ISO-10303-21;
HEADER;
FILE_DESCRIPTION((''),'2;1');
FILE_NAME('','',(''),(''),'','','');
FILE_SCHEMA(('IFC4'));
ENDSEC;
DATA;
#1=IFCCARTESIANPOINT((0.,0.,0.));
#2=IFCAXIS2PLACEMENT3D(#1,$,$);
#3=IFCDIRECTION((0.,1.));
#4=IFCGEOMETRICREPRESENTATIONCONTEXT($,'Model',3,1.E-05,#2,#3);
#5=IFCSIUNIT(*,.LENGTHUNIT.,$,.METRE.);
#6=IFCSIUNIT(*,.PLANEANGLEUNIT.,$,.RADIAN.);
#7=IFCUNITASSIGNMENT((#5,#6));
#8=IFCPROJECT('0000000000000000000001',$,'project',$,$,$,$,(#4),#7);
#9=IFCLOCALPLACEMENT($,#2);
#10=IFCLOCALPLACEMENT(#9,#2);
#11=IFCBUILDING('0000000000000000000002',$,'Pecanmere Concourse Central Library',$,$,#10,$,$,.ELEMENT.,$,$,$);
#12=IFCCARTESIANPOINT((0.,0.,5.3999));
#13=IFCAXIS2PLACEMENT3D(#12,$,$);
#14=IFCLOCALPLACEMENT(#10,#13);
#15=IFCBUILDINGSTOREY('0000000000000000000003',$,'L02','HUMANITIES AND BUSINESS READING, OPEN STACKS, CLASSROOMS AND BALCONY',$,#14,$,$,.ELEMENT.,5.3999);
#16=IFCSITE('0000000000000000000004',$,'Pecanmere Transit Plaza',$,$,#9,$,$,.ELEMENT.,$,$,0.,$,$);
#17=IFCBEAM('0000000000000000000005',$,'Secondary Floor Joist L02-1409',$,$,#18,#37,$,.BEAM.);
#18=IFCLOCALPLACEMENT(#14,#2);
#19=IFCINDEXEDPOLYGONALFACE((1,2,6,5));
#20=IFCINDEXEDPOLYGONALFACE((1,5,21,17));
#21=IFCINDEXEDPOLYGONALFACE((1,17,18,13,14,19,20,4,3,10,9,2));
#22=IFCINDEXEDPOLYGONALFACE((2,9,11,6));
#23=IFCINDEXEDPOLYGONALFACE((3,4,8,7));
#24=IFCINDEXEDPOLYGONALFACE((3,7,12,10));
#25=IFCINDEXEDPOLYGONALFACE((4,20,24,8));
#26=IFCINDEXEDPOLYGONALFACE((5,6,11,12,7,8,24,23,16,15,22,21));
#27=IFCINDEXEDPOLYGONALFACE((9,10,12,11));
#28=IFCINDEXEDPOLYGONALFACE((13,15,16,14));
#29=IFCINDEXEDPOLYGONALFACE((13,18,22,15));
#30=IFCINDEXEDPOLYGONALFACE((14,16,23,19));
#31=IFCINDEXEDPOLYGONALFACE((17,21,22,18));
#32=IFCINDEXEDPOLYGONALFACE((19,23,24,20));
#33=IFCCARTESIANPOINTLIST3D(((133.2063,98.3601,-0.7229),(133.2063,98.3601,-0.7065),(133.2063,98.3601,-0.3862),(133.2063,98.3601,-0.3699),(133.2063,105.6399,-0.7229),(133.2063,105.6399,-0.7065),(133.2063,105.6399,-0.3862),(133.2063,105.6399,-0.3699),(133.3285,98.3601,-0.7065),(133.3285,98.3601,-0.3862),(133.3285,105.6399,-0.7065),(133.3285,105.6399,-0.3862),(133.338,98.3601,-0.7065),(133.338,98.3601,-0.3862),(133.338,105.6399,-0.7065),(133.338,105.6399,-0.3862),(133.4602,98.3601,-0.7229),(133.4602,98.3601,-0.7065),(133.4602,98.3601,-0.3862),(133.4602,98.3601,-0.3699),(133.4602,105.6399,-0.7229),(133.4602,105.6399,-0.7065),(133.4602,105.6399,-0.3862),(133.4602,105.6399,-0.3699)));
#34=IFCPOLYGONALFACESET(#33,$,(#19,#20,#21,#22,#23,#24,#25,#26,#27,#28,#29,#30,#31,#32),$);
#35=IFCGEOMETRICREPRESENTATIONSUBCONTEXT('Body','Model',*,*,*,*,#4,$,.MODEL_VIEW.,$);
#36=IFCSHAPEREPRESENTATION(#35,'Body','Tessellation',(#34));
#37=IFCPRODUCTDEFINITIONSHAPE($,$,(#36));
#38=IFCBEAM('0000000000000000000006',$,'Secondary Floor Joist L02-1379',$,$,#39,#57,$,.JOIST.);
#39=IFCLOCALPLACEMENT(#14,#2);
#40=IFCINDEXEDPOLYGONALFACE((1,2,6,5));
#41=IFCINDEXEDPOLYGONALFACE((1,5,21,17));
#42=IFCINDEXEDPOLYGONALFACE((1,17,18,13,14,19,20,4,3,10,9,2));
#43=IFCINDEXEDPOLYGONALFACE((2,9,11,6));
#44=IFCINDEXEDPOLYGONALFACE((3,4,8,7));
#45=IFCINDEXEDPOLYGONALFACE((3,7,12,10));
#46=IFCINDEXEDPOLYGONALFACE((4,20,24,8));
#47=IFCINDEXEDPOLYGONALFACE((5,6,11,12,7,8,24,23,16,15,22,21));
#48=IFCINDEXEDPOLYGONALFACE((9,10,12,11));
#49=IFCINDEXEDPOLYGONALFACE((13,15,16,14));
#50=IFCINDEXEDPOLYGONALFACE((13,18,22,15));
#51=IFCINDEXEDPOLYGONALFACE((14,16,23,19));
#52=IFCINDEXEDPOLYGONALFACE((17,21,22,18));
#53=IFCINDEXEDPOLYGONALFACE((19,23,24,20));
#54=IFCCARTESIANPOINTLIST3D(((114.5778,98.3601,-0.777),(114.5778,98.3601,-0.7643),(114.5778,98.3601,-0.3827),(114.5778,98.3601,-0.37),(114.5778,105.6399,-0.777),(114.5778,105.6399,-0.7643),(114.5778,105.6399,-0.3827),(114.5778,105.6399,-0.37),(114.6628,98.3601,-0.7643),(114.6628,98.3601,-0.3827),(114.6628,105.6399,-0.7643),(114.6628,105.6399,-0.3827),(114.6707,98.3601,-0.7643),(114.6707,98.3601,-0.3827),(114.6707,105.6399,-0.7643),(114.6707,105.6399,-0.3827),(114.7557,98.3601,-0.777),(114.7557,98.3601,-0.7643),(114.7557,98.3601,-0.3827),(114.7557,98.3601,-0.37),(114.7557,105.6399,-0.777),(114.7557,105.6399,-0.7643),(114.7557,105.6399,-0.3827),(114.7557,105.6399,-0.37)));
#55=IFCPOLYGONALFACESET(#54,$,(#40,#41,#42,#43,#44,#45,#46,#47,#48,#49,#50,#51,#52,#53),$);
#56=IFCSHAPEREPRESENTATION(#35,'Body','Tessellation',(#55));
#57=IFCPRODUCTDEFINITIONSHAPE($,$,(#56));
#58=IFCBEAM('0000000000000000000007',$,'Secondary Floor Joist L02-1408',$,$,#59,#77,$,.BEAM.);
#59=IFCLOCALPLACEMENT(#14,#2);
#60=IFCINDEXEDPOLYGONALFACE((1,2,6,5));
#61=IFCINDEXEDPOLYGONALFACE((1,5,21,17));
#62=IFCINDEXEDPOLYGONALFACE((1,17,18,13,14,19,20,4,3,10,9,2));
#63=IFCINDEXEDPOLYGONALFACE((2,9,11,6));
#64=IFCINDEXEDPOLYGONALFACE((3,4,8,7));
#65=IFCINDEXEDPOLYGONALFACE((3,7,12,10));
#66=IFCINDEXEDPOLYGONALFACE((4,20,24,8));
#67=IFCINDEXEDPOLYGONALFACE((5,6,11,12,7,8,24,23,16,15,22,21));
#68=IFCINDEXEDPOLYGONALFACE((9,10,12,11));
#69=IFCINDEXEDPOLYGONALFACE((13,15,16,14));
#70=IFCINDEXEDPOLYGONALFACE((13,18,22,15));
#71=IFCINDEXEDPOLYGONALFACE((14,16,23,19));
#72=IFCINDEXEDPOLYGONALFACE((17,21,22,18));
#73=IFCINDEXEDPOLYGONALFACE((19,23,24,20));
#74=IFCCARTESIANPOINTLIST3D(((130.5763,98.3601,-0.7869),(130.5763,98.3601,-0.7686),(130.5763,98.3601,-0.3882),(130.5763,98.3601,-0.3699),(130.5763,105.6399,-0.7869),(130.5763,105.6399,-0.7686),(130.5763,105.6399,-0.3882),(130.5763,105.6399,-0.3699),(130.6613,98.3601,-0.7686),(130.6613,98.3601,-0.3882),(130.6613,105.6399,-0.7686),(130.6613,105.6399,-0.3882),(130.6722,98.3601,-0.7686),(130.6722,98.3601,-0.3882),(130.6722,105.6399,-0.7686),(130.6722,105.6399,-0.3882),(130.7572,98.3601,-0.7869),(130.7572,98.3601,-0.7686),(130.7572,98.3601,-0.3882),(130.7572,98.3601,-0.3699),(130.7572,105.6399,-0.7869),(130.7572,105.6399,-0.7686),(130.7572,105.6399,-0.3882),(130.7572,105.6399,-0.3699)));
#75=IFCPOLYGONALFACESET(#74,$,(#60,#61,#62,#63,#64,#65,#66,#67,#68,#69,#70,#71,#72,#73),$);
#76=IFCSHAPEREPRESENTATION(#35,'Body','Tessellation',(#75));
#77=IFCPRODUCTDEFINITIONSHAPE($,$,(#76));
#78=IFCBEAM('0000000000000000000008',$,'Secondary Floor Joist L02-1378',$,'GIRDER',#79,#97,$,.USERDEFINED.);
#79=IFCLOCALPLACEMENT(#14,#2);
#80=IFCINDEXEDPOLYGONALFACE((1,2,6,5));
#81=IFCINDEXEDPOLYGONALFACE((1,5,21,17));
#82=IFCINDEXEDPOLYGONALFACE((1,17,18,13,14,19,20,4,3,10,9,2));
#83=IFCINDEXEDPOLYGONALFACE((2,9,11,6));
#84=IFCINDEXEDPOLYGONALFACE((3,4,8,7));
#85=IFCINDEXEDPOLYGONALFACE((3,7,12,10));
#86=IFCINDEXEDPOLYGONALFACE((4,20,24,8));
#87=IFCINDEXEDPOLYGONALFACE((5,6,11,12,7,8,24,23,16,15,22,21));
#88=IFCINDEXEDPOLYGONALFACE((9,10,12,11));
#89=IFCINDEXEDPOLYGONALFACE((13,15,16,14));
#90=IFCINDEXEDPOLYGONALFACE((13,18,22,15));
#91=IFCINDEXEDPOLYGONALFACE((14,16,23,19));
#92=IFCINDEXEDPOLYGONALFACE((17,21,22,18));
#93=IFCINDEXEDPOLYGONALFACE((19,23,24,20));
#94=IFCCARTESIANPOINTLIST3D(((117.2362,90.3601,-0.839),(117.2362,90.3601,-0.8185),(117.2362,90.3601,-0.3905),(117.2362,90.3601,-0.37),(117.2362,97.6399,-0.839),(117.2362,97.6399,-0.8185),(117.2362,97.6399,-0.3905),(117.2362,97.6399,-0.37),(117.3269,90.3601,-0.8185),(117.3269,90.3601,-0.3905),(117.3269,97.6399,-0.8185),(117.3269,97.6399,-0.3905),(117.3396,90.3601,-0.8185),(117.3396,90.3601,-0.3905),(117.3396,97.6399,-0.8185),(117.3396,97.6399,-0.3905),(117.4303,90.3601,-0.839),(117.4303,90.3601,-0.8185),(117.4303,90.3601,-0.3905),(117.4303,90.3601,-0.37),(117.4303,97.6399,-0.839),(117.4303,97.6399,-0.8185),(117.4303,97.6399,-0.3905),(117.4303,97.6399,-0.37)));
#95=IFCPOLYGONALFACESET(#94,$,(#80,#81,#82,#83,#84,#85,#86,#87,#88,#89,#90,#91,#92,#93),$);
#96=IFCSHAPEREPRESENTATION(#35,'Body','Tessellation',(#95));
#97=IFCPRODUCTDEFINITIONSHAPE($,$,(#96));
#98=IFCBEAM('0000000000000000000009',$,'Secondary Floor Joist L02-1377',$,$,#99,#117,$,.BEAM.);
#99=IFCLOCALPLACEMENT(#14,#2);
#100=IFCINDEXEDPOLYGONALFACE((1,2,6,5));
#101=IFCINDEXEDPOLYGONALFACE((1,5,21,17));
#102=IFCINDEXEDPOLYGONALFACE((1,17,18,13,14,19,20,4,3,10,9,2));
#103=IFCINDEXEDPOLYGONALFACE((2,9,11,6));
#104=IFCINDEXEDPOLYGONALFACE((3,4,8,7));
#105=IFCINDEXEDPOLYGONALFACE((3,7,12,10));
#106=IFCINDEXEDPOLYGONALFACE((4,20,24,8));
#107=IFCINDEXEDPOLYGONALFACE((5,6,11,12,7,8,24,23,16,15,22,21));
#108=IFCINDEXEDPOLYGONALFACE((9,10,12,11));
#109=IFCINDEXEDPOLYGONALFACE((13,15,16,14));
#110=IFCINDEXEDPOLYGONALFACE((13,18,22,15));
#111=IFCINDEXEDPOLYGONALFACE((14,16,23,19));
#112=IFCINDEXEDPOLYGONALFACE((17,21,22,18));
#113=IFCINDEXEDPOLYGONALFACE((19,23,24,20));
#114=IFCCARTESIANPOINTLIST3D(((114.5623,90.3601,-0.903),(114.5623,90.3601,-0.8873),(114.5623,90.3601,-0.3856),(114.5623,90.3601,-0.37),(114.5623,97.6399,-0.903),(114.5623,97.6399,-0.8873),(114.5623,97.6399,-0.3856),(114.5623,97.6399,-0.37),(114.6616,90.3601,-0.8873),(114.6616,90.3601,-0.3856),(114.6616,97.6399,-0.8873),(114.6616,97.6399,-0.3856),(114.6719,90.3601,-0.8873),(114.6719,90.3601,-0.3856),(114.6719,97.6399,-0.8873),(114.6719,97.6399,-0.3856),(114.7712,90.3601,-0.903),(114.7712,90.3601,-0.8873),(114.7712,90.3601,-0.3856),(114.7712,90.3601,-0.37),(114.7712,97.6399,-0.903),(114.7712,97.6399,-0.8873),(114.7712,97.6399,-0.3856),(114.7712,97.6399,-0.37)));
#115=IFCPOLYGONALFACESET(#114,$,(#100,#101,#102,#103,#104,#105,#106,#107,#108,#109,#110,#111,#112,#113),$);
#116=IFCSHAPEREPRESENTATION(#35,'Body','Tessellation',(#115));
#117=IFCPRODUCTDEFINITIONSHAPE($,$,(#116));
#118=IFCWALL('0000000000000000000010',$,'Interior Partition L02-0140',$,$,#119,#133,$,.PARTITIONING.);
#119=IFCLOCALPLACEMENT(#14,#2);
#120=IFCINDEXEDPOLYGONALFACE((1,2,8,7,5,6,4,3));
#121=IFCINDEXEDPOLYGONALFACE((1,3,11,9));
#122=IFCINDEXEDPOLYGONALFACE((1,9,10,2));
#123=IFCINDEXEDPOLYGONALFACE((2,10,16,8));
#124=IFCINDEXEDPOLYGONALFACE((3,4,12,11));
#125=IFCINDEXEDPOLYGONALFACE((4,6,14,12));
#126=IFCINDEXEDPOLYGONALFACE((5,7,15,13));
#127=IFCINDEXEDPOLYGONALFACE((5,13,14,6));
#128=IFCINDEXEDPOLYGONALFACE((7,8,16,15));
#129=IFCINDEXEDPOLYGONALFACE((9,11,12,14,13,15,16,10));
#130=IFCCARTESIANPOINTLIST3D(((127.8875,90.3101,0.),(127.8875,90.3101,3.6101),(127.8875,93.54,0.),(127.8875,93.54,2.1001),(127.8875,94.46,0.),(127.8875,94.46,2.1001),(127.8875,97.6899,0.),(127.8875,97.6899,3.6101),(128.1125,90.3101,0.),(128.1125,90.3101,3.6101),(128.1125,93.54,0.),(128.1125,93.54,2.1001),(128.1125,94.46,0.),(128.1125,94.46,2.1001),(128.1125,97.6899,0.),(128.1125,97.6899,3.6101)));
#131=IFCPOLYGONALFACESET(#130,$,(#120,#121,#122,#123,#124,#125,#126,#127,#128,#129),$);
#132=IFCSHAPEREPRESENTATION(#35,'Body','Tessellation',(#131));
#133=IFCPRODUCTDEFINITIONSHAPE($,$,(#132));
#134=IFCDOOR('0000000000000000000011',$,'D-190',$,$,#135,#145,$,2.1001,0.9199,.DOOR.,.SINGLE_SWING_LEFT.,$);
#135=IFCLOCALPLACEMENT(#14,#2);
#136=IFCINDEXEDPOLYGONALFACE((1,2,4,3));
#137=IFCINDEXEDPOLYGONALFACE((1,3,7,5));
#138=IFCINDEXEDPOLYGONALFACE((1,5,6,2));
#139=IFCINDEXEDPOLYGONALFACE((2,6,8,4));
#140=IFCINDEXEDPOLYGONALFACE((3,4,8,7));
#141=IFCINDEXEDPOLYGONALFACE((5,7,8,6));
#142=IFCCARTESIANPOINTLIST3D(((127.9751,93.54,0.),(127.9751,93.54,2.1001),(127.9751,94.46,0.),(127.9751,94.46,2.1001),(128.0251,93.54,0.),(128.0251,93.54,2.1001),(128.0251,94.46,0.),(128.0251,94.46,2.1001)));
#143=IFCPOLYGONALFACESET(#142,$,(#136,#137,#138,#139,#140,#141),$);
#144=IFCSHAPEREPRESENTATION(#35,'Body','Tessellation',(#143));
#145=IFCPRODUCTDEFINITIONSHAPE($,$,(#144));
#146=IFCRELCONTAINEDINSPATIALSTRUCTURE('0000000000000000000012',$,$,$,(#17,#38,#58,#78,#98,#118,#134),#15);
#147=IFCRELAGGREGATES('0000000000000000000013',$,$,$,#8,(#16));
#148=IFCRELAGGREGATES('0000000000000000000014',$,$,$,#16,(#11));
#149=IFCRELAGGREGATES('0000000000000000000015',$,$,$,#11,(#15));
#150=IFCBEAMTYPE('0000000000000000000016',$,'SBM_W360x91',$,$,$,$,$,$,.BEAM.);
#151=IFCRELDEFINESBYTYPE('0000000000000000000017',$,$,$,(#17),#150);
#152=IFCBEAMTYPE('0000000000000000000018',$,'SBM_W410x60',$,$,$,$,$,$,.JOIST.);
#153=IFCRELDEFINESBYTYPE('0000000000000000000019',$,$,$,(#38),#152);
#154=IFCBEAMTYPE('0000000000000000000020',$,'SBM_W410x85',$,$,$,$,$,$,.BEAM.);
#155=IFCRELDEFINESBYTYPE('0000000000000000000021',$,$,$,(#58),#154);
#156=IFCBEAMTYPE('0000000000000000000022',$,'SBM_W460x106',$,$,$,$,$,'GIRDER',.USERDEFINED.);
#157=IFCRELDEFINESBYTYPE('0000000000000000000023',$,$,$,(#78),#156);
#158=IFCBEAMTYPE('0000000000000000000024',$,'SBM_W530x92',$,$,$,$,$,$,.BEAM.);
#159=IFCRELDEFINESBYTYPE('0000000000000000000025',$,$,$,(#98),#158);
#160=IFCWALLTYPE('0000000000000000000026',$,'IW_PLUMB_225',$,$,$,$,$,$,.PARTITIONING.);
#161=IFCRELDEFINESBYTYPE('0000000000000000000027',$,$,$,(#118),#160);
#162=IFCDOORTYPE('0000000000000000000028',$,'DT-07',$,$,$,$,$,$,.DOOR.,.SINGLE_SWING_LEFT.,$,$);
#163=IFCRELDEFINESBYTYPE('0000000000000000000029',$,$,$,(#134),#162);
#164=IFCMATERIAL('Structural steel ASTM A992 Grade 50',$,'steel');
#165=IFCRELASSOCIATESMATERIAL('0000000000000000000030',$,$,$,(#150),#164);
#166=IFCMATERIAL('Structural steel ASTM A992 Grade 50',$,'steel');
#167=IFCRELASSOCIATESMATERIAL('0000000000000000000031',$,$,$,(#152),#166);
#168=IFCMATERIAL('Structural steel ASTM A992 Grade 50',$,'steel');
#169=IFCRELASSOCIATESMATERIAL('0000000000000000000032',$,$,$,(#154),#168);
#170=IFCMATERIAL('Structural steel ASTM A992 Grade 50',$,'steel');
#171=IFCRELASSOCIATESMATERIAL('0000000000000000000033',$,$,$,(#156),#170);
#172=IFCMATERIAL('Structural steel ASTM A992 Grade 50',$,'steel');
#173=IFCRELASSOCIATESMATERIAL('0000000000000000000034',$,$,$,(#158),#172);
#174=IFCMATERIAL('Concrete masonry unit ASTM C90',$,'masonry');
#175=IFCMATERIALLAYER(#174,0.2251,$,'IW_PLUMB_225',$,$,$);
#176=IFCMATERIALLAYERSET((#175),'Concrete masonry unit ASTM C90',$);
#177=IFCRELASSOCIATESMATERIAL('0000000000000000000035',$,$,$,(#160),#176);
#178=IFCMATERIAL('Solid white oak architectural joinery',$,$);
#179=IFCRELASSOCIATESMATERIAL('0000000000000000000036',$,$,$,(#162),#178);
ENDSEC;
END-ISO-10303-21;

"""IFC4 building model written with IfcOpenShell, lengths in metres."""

from ifc_helpers import new_model, si_unit, direction, frame, frame_2d, origin, origin_2d, place, context, subcontext, project, spatial, rectangle, i_section, extrude, material, layer, layer_set, material_profile, profile_set, type_object, element, fill, save


model = new_model("IFC4")

# Units and contexts
model_context = context("Model", 3, precision=1e-05, world=origin(), true_north=direction((0.0, 1.0)))
body_context = subcontext(model_context, "Body", "Model", "MODEL_VIEW")
ifc_project = project(units=[si_unit("LENGTHUNIT", "METRE"), si_unit("PLANEANGLEUNIT", "RADIAN")], contexts=[model_context])

# Site, building, storey
site_placement = place(None, origin())
site = spatial("IfcSite", under=ifc_project, at=site_placement, Name="Pecanmere Transit Plaza", CompositionType="ELEMENT", RefElevation=0.0)
building_placement = place(site_placement, origin())
building = spatial("IfcBuilding", under=site, at=building_placement, Name="Pecanmere Concourse Central Library", CompositionType="ELEMENT")
storey_placement = place(building_placement, frame((0.0, 0.0, 5.3999)))
storey = spatial("IfcBuildingStorey", under=building, at=storey_placement, Name="L02", Description="HUMANITIES AND BUSINESS READING, OPEN STACKS, CLASSROOMS AND BALCONY", CompositionType="ELEMENT", Elevation=5.3999)

# Beams
ifc_material_1 = material(Name="Structural steel ASTM A992 Grade 50", Category="steel")
ifc_material_profile_1 = material_profile(ifc_material_1, i_section(OverallWidth=0.2539, OverallDepth=0.353, WebThickness=0.0095, FlangeThickness=0.0164, at=origin_2d()), Name="W360x91")
ifc_profile_set_1 = profile_set([ifc_material_profile_1], Name="Structural steel ASTM A992 Grade 50")
beam_type_1 = type_object("IfcBeamType", Name="SBM_W360x91", PredefinedType="BEAM", material=ifc_profile_set_1)
beam_1_placement = place(storey_placement, frame((133.3333, 98.3601, -0.5464), z_axis=(0.0, 1.0, 0.0), x_axis=(-1.0, 0.0, 0.0)))
element("IfcBeam", 1, at=beam_1_placement, inside=storey, type_object=beam_type_1, Name="Secondary Floor Joist L02-1409", PredefinedType="BEAM", context=body_context, shape_type="SweptSolid", body=[
    extrude(i_section(OverallWidth=0.2539, OverallDepth=0.353, WebThickness=0.0095, FlangeThickness=0.0164, at=origin_2d()), origin(), (0.0, 0.0, 1.0), 7.2798),
])
ifc_material_2 = material(Name="Structural steel ASTM A992 Grade 50", Category="steel")
ifc_material_profile_2 = material_profile(ifc_material_2, i_section(OverallWidth=0.178, OverallDepth=0.407, WebThickness=0.0078, FlangeThickness=0.0127, at=origin_2d()), Name="W410x60")
ifc_profile_set_2 = profile_set([ifc_material_profile_2], Name="Structural steel ASTM A992 Grade 50")
beam_type_2 = type_object("IfcBeamType", Name="SBM_W410x60", PredefinedType="JOIST", material=ifc_profile_set_2)
beam_2_placement = place(storey_placement, frame((114.6667, 98.3601, -0.5735), z_axis=(0.0, 1.0, 0.0), x_axis=(-1.0, 0.0, 0.0)))
element("IfcBeam", 2, at=beam_2_placement, inside=storey, type_object=beam_type_2, Name="Secondary Floor Joist L02-1379", PredefinedType="JOIST", context=body_context, shape_type="SweptSolid", body=[
    extrude(i_section(OverallWidth=0.178, OverallDepth=0.407, WebThickness=0.0078, FlangeThickness=0.0127, at=origin_2d()), origin(), (0.0, 0.0, 1.0), 7.2798),
])
ifc_material_3 = material(Name="Structural steel ASTM A992 Grade 50", Category="steel")
ifc_material_profile_3 = material_profile(ifc_material_3, i_section(OverallWidth=0.1809, OverallDepth=0.417, WebThickness=0.011, FlangeThickness=0.0183, at=origin_2d()), Name="W410x85")
ifc_profile_set_3 = profile_set([ifc_material_profile_3], Name="Structural steel ASTM A992 Grade 50")
beam_type_3 = type_object("IfcBeamType", Name="SBM_W410x85", PredefinedType="BEAM", material=ifc_profile_set_3)
beam_3_placement = place(storey_placement, frame((130.6667, 98.3601, -0.5784), z_axis=(0.0, 1.0, 0.0), x_axis=(-1.0, 0.0, 0.0)))
element("IfcBeam", 3, at=beam_3_placement, inside=storey, type_object=beam_type_3, Name="Secondary Floor Joist L02-1408", PredefinedType="BEAM", context=body_context, shape_type="SweptSolid", body=[
    extrude(i_section(OverallWidth=0.1809, OverallDepth=0.417, WebThickness=0.011, FlangeThickness=0.0183, at=origin_2d()), origin(), (0.0, 0.0, 1.0), 7.2798),
])
ifc_material_4 = material(Name="Structural steel ASTM A992 Grade 50", Category="steel")
ifc_material_profile_4 = material_profile(ifc_material_4, i_section(OverallWidth=0.1941, OverallDepth=0.469, WebThickness=0.0127, FlangeThickness=0.0205, at=origin_2d()), Name="W460x106")
ifc_profile_set_4 = profile_set([ifc_material_profile_4], Name="Structural steel ASTM A992 Grade 50")
beam_type_4 = type_object("IfcBeamType", Name="SBM_W460x106", ElementType="GIRDER", PredefinedType="USERDEFINED", material=ifc_profile_set_4)
beam_4_placement = place(storey_placement, frame((117.3333, 90.3601, -0.6045), z_axis=(0.0, 1.0, 0.0), x_axis=(-1.0, 0.0, 0.0)))
element("IfcBeam", 4, at=beam_4_placement, inside=storey, type_object=beam_type_4, Name="Secondary Floor Joist L02-1378", ObjectType="GIRDER", PredefinedType="USERDEFINED", context=body_context, shape_type="SweptSolid", body=[
    extrude(i_section(OverallWidth=0.1941, OverallDepth=0.469, WebThickness=0.0127, FlangeThickness=0.0205, at=origin_2d()), origin(), (0.0, 0.0, 1.0), 7.2798),
])
ifc_material_5 = material(Name="Structural steel ASTM A992 Grade 50", Category="steel")
ifc_material_profile_5 = material_profile(ifc_material_5, i_section(OverallWidth=0.209, OverallDepth=0.533, WebThickness=0.0103, FlangeThickness=0.0156, at=origin_2d()), Name="W530x92")
ifc_profile_set_5 = profile_set([ifc_material_profile_5], Name="Structural steel ASTM A992 Grade 50")
beam_type_5 = type_object("IfcBeamType", Name="SBM_W530x92", PredefinedType="BEAM", material=ifc_profile_set_5)
beam_5_placement = place(storey_placement, frame((114.6667, 90.3601, -0.6365), z_axis=(0.0, 1.0, 0.0), x_axis=(-1.0, 0.0, 0.0)))
element("IfcBeam", 5, at=beam_5_placement, inside=storey, type_object=beam_type_5, Name="Secondary Floor Joist L02-1377", PredefinedType="BEAM", context=body_context, shape_type="SweptSolid", body=[
    extrude(i_section(OverallWidth=0.209, OverallDepth=0.533, WebThickness=0.0103, FlangeThickness=0.0156, at=origin_2d()), origin(), (0.0, 0.0, 1.0), 7.2798),
])

# Wall, opening, door
ifc_material_6 = material(Name="Concrete masonry unit ASTM C90", Category="masonry")
ifc_layer = layer(ifc_material_6, 0.2251, Name="IW_PLUMB_225")
ifc_layer_set = layer_set([ifc_layer], Name="Concrete masonry unit ASTM C90")
wall_type = type_object("IfcWallType", Name="IW_PLUMB_225", PredefinedType="PARTITIONING", material=ifc_layer_set)
wall_1_placement = place(storey_placement, frame((128.0, 90.3101, 0.0), z_axis=(0.0, 0.0, 1.0), x_axis=(0.0, 1.0, 0.0)))
wall_1 = element("IfcWall", 6, at=wall_1_placement, inside=storey, type_object=wall_type, Name="Interior Partition L02-0140", PredefinedType="PARTITIONING", context=body_context, shape_type="SweptSolid", body=[
    extrude(rectangle(XDim=7.3799, YDim=0.2251, at=frame_2d((3.6899, 0.0))), origin(), (0.0, 0.0, 1.0), 3.6101),
])
opening_1_placement = place(wall_1_placement, frame((3.23, 0.0, 0.0)))
opening_1 = element("IfcOpeningElement", 7, at=opening_1_placement, cuts=wall_1, PredefinedType="OPENING", context=body_context, shape_type="SweptSolid", body=[
    extrude(rectangle(XDim=0.9199, YDim=2.1001, at=frame_2d((0.46, 1.05))), frame((0.0, 0.1245, 0.0), z_axis=(0.0, -1.0, 0.0), x_axis=(1.0, 0.0, 0.0)), (0.0, 0.0, 1.0), 0.249),
])
ifc_material_7 = material(Name="Solid white oak architectural joinery")
door_type_1 = type_object("IfcDoorType", Name="DT-07", OperationType="SINGLE_SWING_LEFT", PredefinedType="DOOR", material=ifc_material_7)
door_1_placement = place(opening_1_placement, origin())
door_1 = element("IfcDoor", 8, at=door_1_placement, inside=storey, type_object=door_type_1, Name="D-190", OperationType="SINGLE_SWING_LEFT", OverallHeight=2.1001, OverallWidth=0.9199, PredefinedType="DOOR", context=body_context, shape_type="SweptSolid", body=[
    extrude(rectangle(XDim=0.9199, YDim=2.1001, at=frame_2d((0.46, 1.05))), frame((0.0, 0.0249, 0.0), z_axis=(0.0, -1.0, 0.0), x_axis=(1.0, 0.0, 0.0)), (0.0, 0.0, 1.0), 0.05),
])
fill(opening_1, door_1)

save(model, "model.ifc")
